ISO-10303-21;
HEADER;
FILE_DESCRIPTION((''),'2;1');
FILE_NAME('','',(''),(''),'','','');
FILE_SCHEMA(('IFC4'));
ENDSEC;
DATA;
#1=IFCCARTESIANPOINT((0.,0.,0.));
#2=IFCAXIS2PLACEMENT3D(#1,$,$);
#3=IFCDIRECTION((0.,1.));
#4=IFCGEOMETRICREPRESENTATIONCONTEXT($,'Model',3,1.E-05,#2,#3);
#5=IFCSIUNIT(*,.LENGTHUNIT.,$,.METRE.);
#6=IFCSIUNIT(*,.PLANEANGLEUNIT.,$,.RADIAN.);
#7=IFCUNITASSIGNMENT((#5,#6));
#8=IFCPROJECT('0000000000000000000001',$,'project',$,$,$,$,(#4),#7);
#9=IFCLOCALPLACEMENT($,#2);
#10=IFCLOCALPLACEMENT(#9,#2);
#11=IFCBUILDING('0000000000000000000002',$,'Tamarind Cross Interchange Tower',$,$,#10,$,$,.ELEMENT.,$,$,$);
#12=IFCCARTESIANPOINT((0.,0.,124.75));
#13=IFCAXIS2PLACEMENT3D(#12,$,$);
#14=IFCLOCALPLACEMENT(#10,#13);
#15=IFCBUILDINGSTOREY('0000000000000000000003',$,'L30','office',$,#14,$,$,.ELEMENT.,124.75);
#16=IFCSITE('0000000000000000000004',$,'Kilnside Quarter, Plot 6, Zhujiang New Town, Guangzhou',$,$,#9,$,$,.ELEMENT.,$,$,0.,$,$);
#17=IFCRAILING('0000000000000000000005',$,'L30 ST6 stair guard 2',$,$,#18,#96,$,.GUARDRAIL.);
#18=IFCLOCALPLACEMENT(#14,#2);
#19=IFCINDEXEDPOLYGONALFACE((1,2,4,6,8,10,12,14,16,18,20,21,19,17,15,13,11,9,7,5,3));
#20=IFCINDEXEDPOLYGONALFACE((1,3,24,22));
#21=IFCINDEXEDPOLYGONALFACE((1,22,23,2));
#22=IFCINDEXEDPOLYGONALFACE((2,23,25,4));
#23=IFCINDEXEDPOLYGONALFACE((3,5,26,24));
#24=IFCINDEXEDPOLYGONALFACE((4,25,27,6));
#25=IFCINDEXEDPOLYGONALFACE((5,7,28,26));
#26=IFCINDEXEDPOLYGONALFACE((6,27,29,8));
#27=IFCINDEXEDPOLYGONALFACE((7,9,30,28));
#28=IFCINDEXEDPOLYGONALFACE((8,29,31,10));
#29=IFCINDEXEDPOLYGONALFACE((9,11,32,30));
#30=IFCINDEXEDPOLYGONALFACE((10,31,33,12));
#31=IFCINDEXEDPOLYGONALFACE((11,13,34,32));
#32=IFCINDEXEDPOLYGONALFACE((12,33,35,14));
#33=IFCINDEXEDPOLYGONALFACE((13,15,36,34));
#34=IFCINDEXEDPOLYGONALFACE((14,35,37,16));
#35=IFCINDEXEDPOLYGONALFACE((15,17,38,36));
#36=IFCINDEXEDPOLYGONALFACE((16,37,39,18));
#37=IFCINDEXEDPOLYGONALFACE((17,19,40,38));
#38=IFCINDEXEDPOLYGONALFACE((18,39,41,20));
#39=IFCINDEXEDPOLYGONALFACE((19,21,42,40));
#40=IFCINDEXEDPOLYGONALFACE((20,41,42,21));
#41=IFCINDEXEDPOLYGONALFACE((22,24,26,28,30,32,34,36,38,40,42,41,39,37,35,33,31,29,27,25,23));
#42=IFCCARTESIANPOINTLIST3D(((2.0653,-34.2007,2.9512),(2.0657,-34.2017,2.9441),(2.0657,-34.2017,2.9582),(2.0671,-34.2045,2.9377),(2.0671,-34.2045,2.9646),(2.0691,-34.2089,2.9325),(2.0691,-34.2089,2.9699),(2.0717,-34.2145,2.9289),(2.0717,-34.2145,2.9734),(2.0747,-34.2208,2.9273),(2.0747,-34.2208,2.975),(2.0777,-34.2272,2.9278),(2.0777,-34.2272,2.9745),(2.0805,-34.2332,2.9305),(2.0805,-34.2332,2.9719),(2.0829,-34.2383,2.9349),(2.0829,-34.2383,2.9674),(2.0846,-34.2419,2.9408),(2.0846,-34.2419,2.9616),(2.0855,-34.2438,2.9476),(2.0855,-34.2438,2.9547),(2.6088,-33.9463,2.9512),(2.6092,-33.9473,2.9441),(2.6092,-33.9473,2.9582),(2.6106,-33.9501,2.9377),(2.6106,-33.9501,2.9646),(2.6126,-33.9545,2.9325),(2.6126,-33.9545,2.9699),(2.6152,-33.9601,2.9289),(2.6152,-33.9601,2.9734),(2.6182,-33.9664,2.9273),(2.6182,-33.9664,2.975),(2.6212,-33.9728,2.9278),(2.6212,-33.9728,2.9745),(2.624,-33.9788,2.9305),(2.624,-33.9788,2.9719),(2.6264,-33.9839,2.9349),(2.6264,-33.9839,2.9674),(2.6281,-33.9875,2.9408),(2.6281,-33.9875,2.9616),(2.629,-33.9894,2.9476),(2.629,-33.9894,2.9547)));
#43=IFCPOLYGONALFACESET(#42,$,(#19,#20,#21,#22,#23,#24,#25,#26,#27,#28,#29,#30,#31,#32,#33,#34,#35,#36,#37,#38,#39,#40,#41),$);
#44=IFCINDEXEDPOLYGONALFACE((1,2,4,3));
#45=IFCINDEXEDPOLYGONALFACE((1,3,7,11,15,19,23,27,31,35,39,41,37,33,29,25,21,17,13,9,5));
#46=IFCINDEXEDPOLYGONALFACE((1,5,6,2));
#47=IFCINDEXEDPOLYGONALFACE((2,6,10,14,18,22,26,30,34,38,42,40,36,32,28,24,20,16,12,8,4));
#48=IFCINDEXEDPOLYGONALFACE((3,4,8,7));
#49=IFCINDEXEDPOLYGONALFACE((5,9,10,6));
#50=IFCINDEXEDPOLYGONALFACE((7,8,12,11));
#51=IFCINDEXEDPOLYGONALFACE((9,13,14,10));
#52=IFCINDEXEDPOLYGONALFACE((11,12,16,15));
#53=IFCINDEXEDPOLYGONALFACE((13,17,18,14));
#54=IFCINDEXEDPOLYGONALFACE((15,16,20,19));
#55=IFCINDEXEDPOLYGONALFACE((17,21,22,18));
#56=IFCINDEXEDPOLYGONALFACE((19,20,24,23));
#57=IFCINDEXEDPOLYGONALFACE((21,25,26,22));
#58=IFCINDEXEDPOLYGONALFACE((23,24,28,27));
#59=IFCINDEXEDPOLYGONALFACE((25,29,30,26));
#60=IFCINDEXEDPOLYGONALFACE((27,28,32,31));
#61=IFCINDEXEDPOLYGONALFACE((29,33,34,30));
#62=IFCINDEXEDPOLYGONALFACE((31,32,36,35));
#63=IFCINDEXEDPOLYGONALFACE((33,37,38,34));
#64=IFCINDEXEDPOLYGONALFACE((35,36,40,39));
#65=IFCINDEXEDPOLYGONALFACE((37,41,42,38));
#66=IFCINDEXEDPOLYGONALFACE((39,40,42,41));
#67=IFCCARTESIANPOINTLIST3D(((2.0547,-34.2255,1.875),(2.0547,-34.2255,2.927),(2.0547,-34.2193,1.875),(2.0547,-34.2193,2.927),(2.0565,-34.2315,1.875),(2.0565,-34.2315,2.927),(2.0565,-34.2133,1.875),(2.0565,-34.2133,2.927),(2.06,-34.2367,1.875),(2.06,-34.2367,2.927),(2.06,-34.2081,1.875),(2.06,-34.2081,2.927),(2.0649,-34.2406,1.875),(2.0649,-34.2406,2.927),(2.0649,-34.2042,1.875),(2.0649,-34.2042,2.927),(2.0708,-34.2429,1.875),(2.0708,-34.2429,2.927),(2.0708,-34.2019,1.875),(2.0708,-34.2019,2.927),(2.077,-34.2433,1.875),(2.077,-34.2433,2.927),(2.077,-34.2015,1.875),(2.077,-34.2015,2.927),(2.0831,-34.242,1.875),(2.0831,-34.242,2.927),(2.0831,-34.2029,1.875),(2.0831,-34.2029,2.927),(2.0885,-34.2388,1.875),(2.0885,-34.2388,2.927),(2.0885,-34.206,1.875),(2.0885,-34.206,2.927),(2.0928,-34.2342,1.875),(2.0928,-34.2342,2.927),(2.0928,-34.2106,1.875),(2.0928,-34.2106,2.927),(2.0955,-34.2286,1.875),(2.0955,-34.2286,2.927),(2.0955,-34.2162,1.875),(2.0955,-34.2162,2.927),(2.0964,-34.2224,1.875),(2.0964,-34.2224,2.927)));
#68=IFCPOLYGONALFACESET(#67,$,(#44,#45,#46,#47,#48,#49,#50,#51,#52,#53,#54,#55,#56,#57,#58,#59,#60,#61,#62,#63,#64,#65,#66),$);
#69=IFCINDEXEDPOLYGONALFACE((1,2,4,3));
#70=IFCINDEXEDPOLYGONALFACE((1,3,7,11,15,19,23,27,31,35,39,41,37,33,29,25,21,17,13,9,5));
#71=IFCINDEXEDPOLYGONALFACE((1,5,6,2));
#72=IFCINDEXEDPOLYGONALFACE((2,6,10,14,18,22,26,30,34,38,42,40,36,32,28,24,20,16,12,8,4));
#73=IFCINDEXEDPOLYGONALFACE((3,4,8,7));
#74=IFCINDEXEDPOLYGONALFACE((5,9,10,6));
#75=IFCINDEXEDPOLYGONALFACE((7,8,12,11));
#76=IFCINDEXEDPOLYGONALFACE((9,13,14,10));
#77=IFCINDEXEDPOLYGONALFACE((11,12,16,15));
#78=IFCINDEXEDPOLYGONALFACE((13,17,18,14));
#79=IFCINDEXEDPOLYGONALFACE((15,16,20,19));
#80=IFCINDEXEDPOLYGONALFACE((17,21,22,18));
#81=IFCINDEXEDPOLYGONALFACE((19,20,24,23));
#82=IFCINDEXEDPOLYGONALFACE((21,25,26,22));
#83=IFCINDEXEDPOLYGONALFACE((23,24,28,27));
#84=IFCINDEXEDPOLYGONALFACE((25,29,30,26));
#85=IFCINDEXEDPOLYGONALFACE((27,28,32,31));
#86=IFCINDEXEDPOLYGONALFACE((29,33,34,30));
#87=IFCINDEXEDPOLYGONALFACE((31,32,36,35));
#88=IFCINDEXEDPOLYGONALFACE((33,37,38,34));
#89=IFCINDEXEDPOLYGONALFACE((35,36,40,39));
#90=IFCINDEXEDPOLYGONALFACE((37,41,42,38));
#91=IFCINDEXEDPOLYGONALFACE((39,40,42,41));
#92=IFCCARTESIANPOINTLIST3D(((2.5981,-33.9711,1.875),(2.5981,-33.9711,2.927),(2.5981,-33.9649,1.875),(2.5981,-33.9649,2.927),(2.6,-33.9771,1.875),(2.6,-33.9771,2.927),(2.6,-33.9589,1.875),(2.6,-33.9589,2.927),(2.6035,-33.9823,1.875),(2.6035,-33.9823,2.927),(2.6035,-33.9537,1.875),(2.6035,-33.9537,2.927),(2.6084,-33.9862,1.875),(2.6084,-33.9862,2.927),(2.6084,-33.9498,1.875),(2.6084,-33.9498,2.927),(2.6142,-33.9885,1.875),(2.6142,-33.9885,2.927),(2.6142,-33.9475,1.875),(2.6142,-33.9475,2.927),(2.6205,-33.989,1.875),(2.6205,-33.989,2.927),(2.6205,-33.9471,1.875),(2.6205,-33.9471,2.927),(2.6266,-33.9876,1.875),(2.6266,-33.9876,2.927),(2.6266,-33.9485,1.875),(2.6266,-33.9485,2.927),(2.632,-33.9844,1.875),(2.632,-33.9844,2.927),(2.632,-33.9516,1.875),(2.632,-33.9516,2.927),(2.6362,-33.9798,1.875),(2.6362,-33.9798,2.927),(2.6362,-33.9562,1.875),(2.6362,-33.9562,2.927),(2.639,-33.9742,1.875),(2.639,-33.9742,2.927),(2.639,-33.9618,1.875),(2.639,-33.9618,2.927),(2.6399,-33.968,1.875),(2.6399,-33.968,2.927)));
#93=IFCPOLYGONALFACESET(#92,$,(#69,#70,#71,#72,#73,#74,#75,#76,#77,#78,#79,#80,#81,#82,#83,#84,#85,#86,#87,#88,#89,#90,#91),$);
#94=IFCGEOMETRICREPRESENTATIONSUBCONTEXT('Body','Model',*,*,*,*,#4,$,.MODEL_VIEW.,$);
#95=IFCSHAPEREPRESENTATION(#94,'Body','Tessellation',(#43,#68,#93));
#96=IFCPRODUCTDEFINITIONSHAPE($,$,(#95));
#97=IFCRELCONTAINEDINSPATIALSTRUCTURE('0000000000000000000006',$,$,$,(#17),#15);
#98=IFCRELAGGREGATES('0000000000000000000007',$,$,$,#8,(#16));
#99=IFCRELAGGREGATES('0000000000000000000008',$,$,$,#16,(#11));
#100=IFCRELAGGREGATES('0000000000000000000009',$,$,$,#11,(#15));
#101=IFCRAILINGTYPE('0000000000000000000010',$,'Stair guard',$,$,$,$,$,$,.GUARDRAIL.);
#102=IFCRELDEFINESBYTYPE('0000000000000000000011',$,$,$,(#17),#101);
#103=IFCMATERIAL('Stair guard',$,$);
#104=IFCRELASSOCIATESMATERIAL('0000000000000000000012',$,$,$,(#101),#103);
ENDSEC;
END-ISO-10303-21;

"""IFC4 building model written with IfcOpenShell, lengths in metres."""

from ifc_helpers import new_model, si_unit, direction, frame, origin, origin_2d, place, context, subcontext, project, spatial, circle, extrude, material, type_object, element, save


model = new_model("IFC4")

# Units and contexts
model_context = context("Model", 3, precision=1e-05, world=origin(), true_north=direction((0.0, 1.0)))
body_context = subcontext(model_context, "Body", "Model", "MODEL_VIEW")
ifc_project = project(units=[si_unit("LENGTHUNIT", "METRE"), si_unit("PLANEANGLEUNIT", "RADIAN")], contexts=[model_context])

# Site, building, storey
site_placement = place(None, origin())
site = spatial("IfcSite", under=ifc_project, at=site_placement, Name="Kilnside Quarter, Plot 6, Zhujiang New Town, Guangzhou", CompositionType="ELEMENT", RefElevation=0.0)
building_placement = place(site_placement, origin())
building = spatial("IfcBuilding", under=site, at=building_placement, Name="Tamarind Cross Interchange Tower", CompositionType="ELEMENT")
storey_placement = place(building_placement, frame((0.0, 0.0, 124.75)))
storey = spatial("IfcBuildingStorey", under=building, at=storey_placement, Name="L30", Description="office", CompositionType="ELEMENT", Elevation=124.75)

# Railing
ifc_material_1 = material(Name="Stair guard")
railing_type_1 = type_object("IfcRailingType", Name="Stair guard", PredefinedType="GUARDRAIL", material=ifc_material_1)
railing_1_placement = place(storey_placement, frame((2.0754, -34.2224, 1.875)))
element("IfcRailing", 1, at=railing_1_placement, inside=storey, type_object=railing_type_1, Name="L30 ST6 stair guard 2", PredefinedType="GUARDRAIL", context=body_context, shape_type="SweptSolid", body=[
    extrude(circle(Radius=0.0239, at=origin_2d()), frame((0.0, 0.0, 1.0762), z_axis=(0.905684, 0.423954, 0.0), x_axis=(-0.423954, 0.905684, 0.0)), (0.0, 0.0, 1.0), 0.6001),
    extrude(circle(Radius=0.021, at=origin_2d()), origin(), (0.0, 0.0, 1.0), 1.052),
    extrude(circle(Radius=0.021, at=origin_2d()), frame((0.5435, 0.2544, 0.0)), (0.0, 0.0, 1.0), 1.052),
])

save(model, "model.ifc")
